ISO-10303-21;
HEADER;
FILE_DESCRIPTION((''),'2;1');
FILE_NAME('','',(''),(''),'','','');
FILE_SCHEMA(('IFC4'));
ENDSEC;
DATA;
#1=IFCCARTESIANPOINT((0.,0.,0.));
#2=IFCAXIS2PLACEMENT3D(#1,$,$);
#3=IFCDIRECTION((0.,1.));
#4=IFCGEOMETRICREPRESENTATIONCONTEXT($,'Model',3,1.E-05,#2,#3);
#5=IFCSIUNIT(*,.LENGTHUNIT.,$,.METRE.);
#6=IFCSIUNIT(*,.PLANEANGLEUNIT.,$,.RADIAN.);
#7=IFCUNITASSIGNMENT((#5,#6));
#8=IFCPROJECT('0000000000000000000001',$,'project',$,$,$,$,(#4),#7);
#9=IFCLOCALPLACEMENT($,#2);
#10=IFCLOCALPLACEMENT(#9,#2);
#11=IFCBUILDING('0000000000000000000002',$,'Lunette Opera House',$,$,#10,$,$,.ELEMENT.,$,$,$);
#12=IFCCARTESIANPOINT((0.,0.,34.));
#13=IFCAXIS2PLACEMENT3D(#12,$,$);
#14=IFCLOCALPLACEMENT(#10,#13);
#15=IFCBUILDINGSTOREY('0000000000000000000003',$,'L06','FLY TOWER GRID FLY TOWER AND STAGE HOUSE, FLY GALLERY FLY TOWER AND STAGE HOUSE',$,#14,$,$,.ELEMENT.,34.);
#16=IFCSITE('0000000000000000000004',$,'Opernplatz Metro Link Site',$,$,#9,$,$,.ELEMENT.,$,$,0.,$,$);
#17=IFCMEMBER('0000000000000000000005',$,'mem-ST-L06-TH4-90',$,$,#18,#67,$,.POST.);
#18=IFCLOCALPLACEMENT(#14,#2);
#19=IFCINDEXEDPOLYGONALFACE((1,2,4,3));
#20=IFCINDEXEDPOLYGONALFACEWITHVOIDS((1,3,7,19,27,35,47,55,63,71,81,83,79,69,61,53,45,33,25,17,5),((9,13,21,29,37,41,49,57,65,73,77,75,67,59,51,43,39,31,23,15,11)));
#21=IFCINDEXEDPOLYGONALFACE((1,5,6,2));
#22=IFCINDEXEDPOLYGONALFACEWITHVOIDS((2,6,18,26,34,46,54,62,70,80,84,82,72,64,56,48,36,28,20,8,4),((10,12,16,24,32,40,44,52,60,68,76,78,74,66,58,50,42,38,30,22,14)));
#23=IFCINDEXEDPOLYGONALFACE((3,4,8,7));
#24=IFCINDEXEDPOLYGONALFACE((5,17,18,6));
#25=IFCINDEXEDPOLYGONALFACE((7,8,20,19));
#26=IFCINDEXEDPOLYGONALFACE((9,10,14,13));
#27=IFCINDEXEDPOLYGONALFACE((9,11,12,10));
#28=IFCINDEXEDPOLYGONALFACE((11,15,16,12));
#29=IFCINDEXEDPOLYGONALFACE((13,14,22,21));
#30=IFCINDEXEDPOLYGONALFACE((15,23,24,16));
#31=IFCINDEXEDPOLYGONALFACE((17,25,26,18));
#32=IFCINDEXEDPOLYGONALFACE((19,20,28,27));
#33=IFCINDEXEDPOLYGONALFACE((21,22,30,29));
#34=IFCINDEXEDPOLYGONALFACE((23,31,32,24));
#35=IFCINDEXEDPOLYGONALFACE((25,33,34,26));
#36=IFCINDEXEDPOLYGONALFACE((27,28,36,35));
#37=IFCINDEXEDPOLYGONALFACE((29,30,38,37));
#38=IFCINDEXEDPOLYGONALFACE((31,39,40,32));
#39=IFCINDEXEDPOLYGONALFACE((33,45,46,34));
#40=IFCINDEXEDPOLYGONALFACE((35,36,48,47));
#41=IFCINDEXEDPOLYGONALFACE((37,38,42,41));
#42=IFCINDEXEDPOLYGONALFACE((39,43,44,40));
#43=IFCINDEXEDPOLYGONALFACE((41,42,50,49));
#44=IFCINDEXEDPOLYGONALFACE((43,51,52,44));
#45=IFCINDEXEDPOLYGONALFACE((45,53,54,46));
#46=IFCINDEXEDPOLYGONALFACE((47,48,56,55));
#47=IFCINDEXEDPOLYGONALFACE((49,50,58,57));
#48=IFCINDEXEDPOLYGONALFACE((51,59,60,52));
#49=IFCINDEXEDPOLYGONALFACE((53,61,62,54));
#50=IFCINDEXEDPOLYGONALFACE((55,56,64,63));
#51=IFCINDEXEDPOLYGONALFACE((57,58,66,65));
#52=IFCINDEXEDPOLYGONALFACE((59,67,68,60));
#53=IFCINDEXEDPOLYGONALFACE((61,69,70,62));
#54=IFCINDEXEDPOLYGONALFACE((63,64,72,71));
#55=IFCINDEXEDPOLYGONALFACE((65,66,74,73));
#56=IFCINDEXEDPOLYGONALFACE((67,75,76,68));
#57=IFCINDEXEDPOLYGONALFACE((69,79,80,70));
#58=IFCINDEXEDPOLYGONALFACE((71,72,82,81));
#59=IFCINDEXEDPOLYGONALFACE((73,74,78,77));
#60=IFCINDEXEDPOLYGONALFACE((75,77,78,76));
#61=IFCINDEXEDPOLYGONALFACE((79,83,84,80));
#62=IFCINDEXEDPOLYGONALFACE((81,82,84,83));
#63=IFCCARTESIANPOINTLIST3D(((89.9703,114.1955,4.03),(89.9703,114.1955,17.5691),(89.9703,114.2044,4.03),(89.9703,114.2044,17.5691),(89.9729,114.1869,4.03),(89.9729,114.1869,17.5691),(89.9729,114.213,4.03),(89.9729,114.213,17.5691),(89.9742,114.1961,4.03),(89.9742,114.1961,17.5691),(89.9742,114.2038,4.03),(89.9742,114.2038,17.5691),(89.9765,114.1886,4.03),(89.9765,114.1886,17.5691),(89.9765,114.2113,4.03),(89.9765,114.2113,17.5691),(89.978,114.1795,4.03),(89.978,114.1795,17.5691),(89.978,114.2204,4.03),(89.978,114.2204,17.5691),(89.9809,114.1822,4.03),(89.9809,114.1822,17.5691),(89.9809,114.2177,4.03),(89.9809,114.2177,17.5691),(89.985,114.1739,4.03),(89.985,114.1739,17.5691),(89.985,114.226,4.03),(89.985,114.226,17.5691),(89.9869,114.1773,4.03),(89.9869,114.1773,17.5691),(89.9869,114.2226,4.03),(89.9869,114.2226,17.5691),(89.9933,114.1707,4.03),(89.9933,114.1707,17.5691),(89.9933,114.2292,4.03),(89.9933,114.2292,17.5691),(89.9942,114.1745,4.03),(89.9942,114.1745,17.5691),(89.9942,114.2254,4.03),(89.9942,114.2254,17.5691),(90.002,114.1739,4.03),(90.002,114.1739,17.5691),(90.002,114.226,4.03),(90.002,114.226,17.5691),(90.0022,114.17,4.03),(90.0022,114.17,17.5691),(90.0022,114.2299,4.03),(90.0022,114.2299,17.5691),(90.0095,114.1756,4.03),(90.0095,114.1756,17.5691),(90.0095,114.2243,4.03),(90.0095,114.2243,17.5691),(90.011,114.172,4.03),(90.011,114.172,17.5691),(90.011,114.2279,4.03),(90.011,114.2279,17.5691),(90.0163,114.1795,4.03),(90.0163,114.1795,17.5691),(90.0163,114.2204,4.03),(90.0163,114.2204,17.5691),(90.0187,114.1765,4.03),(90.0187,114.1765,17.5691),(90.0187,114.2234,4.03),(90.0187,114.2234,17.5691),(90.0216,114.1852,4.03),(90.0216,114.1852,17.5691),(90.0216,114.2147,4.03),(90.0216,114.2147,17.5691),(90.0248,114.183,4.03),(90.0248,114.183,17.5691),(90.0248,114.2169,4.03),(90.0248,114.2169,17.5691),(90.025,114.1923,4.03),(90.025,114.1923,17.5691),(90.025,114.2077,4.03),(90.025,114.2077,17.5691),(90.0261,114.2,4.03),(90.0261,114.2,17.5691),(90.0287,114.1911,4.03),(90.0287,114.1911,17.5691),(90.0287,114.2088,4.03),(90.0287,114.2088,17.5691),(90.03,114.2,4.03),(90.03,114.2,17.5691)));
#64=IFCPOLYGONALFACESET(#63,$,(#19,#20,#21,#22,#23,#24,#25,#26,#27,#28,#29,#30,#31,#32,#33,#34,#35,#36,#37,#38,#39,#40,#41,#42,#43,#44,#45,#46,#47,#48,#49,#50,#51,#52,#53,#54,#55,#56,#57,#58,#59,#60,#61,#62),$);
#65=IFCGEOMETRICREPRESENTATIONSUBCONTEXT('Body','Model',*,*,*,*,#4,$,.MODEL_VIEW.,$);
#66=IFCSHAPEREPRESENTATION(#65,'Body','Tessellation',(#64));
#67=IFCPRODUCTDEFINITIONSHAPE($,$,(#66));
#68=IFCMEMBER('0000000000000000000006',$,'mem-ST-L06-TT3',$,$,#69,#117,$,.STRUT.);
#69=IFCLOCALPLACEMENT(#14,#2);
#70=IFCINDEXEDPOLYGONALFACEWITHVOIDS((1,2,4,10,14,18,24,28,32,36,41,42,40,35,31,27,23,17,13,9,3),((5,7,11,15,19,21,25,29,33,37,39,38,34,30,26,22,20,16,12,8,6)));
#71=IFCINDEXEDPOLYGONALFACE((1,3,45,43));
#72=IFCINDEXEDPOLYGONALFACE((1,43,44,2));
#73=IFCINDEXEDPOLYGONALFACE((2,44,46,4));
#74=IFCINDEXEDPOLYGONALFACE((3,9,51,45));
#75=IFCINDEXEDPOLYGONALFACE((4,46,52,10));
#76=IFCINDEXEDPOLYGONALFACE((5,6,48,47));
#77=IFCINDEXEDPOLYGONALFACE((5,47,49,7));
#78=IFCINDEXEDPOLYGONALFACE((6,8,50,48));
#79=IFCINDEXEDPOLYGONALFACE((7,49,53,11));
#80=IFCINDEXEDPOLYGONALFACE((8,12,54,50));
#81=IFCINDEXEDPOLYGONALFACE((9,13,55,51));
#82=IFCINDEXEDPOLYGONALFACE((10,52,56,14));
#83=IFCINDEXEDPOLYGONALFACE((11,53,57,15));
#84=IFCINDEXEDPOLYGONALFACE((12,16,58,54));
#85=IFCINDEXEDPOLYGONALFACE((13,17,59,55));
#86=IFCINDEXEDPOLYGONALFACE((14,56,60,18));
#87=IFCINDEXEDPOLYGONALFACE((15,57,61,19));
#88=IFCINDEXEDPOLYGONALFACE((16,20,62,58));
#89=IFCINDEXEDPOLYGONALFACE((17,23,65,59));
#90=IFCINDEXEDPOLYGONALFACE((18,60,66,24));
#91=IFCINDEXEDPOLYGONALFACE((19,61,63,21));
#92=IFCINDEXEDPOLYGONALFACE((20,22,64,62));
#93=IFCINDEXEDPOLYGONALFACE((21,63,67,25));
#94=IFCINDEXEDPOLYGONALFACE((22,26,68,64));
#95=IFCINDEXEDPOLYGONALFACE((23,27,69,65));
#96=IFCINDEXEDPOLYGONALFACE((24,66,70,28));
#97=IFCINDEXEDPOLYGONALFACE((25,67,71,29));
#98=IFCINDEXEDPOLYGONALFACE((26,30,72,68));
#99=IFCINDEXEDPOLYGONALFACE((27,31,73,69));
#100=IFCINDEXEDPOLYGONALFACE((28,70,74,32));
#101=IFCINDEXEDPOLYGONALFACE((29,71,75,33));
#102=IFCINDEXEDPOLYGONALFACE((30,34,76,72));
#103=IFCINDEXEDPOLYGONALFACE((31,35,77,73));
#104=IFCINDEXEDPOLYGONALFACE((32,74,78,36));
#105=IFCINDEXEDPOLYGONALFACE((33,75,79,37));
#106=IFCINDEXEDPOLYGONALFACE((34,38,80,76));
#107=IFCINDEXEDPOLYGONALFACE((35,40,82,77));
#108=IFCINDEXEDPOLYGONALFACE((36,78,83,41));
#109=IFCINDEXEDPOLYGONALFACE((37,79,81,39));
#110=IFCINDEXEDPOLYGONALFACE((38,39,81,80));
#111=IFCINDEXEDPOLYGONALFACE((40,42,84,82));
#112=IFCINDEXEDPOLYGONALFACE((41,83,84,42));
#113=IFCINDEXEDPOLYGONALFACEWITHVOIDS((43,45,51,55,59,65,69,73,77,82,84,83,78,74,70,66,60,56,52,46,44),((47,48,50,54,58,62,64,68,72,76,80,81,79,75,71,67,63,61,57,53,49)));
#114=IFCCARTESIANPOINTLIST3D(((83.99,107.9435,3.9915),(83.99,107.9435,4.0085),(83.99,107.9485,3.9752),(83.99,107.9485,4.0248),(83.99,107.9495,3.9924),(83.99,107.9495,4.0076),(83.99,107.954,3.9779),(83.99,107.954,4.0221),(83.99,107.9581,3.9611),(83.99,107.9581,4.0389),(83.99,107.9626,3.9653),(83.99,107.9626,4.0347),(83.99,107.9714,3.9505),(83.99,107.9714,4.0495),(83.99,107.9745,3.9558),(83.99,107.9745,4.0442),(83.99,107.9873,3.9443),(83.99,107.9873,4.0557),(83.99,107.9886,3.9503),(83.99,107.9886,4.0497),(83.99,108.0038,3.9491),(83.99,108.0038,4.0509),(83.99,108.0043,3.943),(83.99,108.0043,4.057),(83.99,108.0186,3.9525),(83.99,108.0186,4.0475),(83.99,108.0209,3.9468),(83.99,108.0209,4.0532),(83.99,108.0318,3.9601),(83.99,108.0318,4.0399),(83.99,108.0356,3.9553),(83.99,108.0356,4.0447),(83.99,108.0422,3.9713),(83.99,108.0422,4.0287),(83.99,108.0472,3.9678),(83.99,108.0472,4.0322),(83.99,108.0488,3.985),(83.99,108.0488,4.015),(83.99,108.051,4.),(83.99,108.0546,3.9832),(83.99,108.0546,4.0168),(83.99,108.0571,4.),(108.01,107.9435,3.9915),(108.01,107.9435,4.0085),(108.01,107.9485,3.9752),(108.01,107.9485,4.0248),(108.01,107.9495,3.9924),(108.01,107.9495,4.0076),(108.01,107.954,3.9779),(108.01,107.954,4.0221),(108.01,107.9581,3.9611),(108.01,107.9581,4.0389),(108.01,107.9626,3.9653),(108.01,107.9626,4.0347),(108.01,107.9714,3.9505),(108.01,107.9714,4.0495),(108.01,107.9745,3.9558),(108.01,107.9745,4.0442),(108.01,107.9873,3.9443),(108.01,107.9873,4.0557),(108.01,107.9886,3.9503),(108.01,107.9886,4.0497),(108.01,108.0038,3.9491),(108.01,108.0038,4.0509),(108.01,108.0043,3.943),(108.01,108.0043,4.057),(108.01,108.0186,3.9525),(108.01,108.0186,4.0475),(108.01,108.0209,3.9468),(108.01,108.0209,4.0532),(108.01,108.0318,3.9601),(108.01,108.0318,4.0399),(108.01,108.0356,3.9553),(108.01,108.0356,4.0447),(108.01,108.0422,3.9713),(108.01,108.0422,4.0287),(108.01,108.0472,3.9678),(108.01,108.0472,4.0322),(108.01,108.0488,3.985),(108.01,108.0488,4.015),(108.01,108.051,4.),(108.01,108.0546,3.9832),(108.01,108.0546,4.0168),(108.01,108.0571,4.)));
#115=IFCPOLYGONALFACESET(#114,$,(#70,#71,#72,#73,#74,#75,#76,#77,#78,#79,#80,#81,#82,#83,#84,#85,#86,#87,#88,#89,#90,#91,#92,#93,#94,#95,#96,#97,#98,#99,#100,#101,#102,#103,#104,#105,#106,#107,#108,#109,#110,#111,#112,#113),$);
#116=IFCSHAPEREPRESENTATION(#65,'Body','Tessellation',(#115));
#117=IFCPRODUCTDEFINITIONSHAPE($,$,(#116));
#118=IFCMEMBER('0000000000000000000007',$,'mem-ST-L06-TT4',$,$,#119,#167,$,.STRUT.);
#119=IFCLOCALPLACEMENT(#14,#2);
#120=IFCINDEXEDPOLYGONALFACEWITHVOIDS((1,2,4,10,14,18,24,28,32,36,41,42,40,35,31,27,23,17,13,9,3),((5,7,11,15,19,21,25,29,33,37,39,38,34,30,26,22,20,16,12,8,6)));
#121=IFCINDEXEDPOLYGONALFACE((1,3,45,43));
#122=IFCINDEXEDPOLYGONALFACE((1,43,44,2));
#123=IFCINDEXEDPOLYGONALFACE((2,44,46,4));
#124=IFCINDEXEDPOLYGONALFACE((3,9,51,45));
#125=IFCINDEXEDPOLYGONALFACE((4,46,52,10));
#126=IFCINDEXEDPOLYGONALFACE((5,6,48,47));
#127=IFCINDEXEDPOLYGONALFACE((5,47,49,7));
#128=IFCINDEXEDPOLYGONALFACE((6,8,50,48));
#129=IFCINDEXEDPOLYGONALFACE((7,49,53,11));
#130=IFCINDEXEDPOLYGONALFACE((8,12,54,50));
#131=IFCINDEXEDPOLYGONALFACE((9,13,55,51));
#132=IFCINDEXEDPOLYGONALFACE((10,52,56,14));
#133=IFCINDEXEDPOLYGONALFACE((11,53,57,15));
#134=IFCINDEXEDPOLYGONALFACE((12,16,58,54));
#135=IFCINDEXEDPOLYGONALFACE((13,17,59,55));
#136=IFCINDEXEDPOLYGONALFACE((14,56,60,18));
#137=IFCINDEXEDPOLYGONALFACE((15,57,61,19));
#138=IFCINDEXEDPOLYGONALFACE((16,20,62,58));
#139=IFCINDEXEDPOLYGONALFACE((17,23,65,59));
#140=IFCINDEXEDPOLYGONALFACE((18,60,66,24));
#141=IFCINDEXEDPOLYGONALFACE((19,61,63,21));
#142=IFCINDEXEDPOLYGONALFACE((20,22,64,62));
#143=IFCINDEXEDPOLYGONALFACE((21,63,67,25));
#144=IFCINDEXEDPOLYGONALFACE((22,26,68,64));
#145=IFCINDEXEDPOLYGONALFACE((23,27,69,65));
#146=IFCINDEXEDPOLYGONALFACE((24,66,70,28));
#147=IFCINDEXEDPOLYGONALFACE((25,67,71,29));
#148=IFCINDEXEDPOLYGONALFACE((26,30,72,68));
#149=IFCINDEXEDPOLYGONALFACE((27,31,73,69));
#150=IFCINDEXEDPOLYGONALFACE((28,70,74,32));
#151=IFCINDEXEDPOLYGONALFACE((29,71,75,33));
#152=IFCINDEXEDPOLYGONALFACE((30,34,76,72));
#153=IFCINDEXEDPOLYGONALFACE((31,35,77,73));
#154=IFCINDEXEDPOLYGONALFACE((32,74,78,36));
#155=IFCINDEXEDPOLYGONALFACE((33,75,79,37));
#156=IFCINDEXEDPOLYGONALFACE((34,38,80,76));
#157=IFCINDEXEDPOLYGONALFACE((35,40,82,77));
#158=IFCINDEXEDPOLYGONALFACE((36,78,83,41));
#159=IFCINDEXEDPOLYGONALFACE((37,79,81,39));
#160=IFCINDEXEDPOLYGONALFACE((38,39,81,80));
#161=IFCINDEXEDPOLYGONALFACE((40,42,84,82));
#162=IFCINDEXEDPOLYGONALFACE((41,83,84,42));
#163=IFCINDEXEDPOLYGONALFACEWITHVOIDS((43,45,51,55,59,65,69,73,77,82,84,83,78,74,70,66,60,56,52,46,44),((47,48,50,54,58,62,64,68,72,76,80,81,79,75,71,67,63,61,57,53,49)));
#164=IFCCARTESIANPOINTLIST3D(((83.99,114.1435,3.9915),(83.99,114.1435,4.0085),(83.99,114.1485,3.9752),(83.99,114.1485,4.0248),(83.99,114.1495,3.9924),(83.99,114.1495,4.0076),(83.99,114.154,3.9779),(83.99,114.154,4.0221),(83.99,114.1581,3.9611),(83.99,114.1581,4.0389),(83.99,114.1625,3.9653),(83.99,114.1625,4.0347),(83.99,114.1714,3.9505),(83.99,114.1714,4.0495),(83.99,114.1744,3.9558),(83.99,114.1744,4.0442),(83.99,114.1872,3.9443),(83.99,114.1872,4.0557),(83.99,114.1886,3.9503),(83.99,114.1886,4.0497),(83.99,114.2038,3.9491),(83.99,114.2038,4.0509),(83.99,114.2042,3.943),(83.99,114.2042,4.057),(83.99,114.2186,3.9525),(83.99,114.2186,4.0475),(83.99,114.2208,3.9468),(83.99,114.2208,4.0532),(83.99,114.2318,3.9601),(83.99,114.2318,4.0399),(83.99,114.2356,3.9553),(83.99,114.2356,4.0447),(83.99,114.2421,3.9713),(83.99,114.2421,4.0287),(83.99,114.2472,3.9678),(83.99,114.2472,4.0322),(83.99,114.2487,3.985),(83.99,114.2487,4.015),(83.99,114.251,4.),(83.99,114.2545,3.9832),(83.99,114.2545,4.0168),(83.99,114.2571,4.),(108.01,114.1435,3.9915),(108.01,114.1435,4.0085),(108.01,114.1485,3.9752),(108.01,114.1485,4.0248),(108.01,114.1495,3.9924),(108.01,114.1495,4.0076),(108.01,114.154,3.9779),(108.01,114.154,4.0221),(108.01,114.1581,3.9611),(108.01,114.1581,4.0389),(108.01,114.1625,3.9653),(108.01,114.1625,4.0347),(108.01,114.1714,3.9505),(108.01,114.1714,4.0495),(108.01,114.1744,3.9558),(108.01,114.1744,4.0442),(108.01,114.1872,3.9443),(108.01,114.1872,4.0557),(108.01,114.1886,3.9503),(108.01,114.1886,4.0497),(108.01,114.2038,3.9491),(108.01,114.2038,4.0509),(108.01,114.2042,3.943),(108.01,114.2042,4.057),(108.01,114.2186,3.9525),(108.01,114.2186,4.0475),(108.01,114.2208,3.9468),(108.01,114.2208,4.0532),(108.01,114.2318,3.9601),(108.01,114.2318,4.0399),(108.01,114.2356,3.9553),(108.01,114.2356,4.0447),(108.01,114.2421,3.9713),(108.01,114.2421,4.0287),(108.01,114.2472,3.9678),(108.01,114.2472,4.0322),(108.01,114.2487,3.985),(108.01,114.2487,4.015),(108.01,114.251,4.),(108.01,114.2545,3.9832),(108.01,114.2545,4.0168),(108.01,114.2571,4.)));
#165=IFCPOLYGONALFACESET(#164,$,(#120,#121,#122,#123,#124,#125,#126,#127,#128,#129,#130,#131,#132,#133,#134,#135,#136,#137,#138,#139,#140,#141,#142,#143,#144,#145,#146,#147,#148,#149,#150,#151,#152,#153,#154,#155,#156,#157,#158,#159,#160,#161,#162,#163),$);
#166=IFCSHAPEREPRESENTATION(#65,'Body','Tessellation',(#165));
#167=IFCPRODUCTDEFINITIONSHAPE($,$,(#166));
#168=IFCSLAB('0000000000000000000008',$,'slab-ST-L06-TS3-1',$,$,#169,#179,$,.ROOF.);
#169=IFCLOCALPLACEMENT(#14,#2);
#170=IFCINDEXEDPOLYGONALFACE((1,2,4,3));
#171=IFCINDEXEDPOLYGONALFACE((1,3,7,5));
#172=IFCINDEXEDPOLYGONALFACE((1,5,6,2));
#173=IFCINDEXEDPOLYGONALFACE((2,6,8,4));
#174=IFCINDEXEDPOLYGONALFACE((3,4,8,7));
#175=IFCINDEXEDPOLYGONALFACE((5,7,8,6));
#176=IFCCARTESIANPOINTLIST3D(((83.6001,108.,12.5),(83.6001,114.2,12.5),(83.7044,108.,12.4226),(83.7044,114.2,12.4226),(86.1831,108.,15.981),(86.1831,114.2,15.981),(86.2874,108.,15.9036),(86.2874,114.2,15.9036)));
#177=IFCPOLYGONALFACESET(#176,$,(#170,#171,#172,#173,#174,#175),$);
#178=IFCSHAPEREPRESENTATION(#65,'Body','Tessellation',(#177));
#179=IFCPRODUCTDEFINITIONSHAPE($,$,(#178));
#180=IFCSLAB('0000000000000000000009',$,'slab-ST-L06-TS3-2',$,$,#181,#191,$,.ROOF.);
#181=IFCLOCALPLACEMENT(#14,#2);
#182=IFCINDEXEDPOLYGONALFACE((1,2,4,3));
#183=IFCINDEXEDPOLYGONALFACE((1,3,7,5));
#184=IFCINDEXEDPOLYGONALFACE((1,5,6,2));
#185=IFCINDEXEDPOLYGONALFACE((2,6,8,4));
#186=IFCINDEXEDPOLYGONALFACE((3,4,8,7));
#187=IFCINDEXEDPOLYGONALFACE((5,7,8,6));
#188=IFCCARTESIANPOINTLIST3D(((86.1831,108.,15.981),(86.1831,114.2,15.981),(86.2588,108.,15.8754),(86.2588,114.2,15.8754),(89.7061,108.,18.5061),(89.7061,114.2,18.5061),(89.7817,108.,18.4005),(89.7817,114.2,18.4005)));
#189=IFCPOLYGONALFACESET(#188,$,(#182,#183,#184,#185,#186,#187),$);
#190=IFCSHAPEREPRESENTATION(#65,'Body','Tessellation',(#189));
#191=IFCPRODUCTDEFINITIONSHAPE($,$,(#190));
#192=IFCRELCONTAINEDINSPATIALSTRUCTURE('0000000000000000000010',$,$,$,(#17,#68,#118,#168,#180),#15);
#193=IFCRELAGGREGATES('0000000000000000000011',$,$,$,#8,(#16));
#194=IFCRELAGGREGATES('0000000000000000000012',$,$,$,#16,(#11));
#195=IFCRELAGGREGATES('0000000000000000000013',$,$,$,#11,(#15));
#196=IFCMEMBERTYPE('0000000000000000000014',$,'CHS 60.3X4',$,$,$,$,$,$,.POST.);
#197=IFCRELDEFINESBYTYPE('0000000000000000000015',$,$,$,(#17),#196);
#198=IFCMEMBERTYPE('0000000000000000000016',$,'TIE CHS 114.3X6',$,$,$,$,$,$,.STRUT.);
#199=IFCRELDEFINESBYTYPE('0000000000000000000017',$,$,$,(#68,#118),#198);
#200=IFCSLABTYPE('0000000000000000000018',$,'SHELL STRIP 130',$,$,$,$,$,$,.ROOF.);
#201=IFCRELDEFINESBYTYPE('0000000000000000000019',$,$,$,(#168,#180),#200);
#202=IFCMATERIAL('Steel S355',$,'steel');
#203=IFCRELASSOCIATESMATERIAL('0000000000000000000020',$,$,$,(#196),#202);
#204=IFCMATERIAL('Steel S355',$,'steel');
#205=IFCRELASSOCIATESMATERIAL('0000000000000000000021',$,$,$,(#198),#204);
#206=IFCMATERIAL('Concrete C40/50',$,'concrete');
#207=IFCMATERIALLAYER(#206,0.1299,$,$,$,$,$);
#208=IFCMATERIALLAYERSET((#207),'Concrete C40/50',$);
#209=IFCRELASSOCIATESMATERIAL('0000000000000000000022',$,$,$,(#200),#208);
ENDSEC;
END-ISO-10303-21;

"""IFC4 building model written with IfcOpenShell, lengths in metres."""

from ifc_helpers import new_model, si_unit, direction, frame, origin, origin_2d, place, context, subcontext, project, spatial, polyline, hollow_circle, outline, extrude, material, layer, layer_set, material_profile, profile_set, type_object, element, save


model = new_model("IFC4")

# Units and contexts
model_context = context("Model", 3, precision=1e-05, world=origin(), true_north=direction((0.0, 1.0)))
body_context = subcontext(model_context, "Body", "Model", "MODEL_VIEW")
ifc_project = project(units=[si_unit("LENGTHUNIT", "METRE"), si_unit("PLANEANGLEUNIT", "RADIAN")], contexts=[model_context])

# Site, building, storey
site_placement = place(None, origin())
site = spatial("IfcSite", under=ifc_project, at=site_placement, Name="Opernplatz Metro Link Site", CompositionType="ELEMENT", RefElevation=0.0)
building_placement = place(site_placement, origin())
building = spatial("IfcBuilding", under=site, at=building_placement, Name="Lunette Opera House", CompositionType="ELEMENT")
storey_placement = place(building_placement, frame((0.0, 0.0, 34.0)))
storey = spatial("IfcBuildingStorey", under=building, at=storey_placement, Name="L06", Description="FLY TOWER GRID FLY TOWER AND STAGE HOUSE, FLY GALLERY FLY TOWER AND STAGE HOUSE", CompositionType="ELEMENT", Elevation=34.0)

# Members
ifc_material_1 = material(Name="Steel S355", Category="steel")
ifc_material_profile_1 = material_profile(ifc_material_1, hollow_circle(Radius=0.03, WallThickness=0.0039, at=origin_2d()), Name="CHS 60.3X4")
ifc_profile_set_1 = profile_set([ifc_material_profile_1], Name="Steel S355")
member_type_1 = type_object("IfcMemberType", Name="CHS 60.3X4", PredefinedType="POST", material=ifc_profile_set_1)
for number, where, z_axis, x_axis, name in (
    (1, (90.0, 114.2, 4.03), (0.0, 0.0, 1.0), (1.0, 0.0, 0.0), "mem-ST-L06-TH4-90"),
):
    element("IfcMember", number, at=place(storey_placement, frame(where, z_axis=z_axis, x_axis=x_axis)), inside=storey, type_object=member_type_1, Name=name, PredefinedType="POST", context=body_context, shape_type="SweptSolid", body=[
        extrude(hollow_circle(Radius=0.03, WallThickness=0.0039, at=origin_2d()), origin(), (0.0, 0.0, 1.0), 13.5391),
    ])
ifc_material_2 = material(Name="Steel S355", Category="steel")
ifc_material_profile_2 = material_profile(ifc_material_2, hollow_circle(Radius=0.0571, WallThickness=0.0061, at=origin_2d()), Name="CHS 114.3X6")
ifc_profile_set_2 = profile_set([ifc_material_profile_2], Name="Steel S355")
member_type_2 = type_object("IfcMemberType", Name="TIE CHS 114.3X6", PredefinedType="STRUT", material=ifc_profile_set_2)
for number, where, z_axis, x_axis, name in (
    (2, (83.99, 108.0, 4.0), (1.0, 0.0, 0.0), (0.0, 1.0, 0.0), "mem-ST-L06-TT3"),
    (3, (83.99, 114.2, 4.0), (1.0, 0.0, 0.0), (0.0, 1.0, 0.0), "mem-ST-L06-TT4"),
):
    element("IfcMember", number, at=place(storey_placement, frame(where, z_axis=z_axis, x_axis=x_axis)), inside=storey, type_object=member_type_2, Name=name, PredefinedType="STRUT", context=body_context, shape_type="SweptSolid", body=[
        extrude(hollow_circle(Radius=0.0571, WallThickness=0.0061, at=origin_2d()), origin(), (0.0, 0.0, 1.0), 24.02),
    ])

# Slabs
ifc_material_3 = material(Name="Concrete C40/50", Category="concrete")
ifc_layer_1 = layer(ifc_material_3, 0.1299)
ifc_layer_set_1 = layer_set([ifc_layer_1], Name="Concrete C40/50")
slab_type = type_object("IfcSlabType", Name="SHELL STRIP 130", PredefinedType="ROOF", material=ifc_layer_set_1)
slab_1_placement = place(storey_placement, frame((83.6001, 108.0, 12.5), z_axis=(-0.803058, 0.0, 0.595901), x_axis=(0.595901, 0.0, 0.803058)))
element("IfcSlab", 4, at=slab_1_placement, inside=storey, type_object=slab_type, Name="slab-ST-L06-TS3-1", PredefinedType="ROOF", context=body_context, shape_type="SweptSolid", body=[
    extrude(outline(polyline([(0.0, 0.0), (4.3346, 0.0), (4.3346, 6.2), (0.0, 6.2), (0.0, 0.0)])), origin(), (0.0, 0.0, -1.0), 0.1299),
])
slab_2_placement = place(storey_placement, frame((86.1831, 108.0, 15.981), z_axis=(-0.582575, 0.0, 0.812777), x_axis=(0.812777, 0.0, 0.582575)))
element("IfcSlab", 5, at=slab_2_placement, inside=storey, type_object=slab_type, Name="slab-ST-L06-TS3-2", PredefinedType="ROOF", context=body_context, shape_type="SweptSolid", body=[
    extrude(outline(polyline([(0.0, 0.0), (4.3345, 0.0), (4.3345, 6.2), (0.0, 6.2), (0.0, 0.0)])), origin(), (0.0, 0.0, -1.0), 0.1299),
])

save(model, "model.ifc")
